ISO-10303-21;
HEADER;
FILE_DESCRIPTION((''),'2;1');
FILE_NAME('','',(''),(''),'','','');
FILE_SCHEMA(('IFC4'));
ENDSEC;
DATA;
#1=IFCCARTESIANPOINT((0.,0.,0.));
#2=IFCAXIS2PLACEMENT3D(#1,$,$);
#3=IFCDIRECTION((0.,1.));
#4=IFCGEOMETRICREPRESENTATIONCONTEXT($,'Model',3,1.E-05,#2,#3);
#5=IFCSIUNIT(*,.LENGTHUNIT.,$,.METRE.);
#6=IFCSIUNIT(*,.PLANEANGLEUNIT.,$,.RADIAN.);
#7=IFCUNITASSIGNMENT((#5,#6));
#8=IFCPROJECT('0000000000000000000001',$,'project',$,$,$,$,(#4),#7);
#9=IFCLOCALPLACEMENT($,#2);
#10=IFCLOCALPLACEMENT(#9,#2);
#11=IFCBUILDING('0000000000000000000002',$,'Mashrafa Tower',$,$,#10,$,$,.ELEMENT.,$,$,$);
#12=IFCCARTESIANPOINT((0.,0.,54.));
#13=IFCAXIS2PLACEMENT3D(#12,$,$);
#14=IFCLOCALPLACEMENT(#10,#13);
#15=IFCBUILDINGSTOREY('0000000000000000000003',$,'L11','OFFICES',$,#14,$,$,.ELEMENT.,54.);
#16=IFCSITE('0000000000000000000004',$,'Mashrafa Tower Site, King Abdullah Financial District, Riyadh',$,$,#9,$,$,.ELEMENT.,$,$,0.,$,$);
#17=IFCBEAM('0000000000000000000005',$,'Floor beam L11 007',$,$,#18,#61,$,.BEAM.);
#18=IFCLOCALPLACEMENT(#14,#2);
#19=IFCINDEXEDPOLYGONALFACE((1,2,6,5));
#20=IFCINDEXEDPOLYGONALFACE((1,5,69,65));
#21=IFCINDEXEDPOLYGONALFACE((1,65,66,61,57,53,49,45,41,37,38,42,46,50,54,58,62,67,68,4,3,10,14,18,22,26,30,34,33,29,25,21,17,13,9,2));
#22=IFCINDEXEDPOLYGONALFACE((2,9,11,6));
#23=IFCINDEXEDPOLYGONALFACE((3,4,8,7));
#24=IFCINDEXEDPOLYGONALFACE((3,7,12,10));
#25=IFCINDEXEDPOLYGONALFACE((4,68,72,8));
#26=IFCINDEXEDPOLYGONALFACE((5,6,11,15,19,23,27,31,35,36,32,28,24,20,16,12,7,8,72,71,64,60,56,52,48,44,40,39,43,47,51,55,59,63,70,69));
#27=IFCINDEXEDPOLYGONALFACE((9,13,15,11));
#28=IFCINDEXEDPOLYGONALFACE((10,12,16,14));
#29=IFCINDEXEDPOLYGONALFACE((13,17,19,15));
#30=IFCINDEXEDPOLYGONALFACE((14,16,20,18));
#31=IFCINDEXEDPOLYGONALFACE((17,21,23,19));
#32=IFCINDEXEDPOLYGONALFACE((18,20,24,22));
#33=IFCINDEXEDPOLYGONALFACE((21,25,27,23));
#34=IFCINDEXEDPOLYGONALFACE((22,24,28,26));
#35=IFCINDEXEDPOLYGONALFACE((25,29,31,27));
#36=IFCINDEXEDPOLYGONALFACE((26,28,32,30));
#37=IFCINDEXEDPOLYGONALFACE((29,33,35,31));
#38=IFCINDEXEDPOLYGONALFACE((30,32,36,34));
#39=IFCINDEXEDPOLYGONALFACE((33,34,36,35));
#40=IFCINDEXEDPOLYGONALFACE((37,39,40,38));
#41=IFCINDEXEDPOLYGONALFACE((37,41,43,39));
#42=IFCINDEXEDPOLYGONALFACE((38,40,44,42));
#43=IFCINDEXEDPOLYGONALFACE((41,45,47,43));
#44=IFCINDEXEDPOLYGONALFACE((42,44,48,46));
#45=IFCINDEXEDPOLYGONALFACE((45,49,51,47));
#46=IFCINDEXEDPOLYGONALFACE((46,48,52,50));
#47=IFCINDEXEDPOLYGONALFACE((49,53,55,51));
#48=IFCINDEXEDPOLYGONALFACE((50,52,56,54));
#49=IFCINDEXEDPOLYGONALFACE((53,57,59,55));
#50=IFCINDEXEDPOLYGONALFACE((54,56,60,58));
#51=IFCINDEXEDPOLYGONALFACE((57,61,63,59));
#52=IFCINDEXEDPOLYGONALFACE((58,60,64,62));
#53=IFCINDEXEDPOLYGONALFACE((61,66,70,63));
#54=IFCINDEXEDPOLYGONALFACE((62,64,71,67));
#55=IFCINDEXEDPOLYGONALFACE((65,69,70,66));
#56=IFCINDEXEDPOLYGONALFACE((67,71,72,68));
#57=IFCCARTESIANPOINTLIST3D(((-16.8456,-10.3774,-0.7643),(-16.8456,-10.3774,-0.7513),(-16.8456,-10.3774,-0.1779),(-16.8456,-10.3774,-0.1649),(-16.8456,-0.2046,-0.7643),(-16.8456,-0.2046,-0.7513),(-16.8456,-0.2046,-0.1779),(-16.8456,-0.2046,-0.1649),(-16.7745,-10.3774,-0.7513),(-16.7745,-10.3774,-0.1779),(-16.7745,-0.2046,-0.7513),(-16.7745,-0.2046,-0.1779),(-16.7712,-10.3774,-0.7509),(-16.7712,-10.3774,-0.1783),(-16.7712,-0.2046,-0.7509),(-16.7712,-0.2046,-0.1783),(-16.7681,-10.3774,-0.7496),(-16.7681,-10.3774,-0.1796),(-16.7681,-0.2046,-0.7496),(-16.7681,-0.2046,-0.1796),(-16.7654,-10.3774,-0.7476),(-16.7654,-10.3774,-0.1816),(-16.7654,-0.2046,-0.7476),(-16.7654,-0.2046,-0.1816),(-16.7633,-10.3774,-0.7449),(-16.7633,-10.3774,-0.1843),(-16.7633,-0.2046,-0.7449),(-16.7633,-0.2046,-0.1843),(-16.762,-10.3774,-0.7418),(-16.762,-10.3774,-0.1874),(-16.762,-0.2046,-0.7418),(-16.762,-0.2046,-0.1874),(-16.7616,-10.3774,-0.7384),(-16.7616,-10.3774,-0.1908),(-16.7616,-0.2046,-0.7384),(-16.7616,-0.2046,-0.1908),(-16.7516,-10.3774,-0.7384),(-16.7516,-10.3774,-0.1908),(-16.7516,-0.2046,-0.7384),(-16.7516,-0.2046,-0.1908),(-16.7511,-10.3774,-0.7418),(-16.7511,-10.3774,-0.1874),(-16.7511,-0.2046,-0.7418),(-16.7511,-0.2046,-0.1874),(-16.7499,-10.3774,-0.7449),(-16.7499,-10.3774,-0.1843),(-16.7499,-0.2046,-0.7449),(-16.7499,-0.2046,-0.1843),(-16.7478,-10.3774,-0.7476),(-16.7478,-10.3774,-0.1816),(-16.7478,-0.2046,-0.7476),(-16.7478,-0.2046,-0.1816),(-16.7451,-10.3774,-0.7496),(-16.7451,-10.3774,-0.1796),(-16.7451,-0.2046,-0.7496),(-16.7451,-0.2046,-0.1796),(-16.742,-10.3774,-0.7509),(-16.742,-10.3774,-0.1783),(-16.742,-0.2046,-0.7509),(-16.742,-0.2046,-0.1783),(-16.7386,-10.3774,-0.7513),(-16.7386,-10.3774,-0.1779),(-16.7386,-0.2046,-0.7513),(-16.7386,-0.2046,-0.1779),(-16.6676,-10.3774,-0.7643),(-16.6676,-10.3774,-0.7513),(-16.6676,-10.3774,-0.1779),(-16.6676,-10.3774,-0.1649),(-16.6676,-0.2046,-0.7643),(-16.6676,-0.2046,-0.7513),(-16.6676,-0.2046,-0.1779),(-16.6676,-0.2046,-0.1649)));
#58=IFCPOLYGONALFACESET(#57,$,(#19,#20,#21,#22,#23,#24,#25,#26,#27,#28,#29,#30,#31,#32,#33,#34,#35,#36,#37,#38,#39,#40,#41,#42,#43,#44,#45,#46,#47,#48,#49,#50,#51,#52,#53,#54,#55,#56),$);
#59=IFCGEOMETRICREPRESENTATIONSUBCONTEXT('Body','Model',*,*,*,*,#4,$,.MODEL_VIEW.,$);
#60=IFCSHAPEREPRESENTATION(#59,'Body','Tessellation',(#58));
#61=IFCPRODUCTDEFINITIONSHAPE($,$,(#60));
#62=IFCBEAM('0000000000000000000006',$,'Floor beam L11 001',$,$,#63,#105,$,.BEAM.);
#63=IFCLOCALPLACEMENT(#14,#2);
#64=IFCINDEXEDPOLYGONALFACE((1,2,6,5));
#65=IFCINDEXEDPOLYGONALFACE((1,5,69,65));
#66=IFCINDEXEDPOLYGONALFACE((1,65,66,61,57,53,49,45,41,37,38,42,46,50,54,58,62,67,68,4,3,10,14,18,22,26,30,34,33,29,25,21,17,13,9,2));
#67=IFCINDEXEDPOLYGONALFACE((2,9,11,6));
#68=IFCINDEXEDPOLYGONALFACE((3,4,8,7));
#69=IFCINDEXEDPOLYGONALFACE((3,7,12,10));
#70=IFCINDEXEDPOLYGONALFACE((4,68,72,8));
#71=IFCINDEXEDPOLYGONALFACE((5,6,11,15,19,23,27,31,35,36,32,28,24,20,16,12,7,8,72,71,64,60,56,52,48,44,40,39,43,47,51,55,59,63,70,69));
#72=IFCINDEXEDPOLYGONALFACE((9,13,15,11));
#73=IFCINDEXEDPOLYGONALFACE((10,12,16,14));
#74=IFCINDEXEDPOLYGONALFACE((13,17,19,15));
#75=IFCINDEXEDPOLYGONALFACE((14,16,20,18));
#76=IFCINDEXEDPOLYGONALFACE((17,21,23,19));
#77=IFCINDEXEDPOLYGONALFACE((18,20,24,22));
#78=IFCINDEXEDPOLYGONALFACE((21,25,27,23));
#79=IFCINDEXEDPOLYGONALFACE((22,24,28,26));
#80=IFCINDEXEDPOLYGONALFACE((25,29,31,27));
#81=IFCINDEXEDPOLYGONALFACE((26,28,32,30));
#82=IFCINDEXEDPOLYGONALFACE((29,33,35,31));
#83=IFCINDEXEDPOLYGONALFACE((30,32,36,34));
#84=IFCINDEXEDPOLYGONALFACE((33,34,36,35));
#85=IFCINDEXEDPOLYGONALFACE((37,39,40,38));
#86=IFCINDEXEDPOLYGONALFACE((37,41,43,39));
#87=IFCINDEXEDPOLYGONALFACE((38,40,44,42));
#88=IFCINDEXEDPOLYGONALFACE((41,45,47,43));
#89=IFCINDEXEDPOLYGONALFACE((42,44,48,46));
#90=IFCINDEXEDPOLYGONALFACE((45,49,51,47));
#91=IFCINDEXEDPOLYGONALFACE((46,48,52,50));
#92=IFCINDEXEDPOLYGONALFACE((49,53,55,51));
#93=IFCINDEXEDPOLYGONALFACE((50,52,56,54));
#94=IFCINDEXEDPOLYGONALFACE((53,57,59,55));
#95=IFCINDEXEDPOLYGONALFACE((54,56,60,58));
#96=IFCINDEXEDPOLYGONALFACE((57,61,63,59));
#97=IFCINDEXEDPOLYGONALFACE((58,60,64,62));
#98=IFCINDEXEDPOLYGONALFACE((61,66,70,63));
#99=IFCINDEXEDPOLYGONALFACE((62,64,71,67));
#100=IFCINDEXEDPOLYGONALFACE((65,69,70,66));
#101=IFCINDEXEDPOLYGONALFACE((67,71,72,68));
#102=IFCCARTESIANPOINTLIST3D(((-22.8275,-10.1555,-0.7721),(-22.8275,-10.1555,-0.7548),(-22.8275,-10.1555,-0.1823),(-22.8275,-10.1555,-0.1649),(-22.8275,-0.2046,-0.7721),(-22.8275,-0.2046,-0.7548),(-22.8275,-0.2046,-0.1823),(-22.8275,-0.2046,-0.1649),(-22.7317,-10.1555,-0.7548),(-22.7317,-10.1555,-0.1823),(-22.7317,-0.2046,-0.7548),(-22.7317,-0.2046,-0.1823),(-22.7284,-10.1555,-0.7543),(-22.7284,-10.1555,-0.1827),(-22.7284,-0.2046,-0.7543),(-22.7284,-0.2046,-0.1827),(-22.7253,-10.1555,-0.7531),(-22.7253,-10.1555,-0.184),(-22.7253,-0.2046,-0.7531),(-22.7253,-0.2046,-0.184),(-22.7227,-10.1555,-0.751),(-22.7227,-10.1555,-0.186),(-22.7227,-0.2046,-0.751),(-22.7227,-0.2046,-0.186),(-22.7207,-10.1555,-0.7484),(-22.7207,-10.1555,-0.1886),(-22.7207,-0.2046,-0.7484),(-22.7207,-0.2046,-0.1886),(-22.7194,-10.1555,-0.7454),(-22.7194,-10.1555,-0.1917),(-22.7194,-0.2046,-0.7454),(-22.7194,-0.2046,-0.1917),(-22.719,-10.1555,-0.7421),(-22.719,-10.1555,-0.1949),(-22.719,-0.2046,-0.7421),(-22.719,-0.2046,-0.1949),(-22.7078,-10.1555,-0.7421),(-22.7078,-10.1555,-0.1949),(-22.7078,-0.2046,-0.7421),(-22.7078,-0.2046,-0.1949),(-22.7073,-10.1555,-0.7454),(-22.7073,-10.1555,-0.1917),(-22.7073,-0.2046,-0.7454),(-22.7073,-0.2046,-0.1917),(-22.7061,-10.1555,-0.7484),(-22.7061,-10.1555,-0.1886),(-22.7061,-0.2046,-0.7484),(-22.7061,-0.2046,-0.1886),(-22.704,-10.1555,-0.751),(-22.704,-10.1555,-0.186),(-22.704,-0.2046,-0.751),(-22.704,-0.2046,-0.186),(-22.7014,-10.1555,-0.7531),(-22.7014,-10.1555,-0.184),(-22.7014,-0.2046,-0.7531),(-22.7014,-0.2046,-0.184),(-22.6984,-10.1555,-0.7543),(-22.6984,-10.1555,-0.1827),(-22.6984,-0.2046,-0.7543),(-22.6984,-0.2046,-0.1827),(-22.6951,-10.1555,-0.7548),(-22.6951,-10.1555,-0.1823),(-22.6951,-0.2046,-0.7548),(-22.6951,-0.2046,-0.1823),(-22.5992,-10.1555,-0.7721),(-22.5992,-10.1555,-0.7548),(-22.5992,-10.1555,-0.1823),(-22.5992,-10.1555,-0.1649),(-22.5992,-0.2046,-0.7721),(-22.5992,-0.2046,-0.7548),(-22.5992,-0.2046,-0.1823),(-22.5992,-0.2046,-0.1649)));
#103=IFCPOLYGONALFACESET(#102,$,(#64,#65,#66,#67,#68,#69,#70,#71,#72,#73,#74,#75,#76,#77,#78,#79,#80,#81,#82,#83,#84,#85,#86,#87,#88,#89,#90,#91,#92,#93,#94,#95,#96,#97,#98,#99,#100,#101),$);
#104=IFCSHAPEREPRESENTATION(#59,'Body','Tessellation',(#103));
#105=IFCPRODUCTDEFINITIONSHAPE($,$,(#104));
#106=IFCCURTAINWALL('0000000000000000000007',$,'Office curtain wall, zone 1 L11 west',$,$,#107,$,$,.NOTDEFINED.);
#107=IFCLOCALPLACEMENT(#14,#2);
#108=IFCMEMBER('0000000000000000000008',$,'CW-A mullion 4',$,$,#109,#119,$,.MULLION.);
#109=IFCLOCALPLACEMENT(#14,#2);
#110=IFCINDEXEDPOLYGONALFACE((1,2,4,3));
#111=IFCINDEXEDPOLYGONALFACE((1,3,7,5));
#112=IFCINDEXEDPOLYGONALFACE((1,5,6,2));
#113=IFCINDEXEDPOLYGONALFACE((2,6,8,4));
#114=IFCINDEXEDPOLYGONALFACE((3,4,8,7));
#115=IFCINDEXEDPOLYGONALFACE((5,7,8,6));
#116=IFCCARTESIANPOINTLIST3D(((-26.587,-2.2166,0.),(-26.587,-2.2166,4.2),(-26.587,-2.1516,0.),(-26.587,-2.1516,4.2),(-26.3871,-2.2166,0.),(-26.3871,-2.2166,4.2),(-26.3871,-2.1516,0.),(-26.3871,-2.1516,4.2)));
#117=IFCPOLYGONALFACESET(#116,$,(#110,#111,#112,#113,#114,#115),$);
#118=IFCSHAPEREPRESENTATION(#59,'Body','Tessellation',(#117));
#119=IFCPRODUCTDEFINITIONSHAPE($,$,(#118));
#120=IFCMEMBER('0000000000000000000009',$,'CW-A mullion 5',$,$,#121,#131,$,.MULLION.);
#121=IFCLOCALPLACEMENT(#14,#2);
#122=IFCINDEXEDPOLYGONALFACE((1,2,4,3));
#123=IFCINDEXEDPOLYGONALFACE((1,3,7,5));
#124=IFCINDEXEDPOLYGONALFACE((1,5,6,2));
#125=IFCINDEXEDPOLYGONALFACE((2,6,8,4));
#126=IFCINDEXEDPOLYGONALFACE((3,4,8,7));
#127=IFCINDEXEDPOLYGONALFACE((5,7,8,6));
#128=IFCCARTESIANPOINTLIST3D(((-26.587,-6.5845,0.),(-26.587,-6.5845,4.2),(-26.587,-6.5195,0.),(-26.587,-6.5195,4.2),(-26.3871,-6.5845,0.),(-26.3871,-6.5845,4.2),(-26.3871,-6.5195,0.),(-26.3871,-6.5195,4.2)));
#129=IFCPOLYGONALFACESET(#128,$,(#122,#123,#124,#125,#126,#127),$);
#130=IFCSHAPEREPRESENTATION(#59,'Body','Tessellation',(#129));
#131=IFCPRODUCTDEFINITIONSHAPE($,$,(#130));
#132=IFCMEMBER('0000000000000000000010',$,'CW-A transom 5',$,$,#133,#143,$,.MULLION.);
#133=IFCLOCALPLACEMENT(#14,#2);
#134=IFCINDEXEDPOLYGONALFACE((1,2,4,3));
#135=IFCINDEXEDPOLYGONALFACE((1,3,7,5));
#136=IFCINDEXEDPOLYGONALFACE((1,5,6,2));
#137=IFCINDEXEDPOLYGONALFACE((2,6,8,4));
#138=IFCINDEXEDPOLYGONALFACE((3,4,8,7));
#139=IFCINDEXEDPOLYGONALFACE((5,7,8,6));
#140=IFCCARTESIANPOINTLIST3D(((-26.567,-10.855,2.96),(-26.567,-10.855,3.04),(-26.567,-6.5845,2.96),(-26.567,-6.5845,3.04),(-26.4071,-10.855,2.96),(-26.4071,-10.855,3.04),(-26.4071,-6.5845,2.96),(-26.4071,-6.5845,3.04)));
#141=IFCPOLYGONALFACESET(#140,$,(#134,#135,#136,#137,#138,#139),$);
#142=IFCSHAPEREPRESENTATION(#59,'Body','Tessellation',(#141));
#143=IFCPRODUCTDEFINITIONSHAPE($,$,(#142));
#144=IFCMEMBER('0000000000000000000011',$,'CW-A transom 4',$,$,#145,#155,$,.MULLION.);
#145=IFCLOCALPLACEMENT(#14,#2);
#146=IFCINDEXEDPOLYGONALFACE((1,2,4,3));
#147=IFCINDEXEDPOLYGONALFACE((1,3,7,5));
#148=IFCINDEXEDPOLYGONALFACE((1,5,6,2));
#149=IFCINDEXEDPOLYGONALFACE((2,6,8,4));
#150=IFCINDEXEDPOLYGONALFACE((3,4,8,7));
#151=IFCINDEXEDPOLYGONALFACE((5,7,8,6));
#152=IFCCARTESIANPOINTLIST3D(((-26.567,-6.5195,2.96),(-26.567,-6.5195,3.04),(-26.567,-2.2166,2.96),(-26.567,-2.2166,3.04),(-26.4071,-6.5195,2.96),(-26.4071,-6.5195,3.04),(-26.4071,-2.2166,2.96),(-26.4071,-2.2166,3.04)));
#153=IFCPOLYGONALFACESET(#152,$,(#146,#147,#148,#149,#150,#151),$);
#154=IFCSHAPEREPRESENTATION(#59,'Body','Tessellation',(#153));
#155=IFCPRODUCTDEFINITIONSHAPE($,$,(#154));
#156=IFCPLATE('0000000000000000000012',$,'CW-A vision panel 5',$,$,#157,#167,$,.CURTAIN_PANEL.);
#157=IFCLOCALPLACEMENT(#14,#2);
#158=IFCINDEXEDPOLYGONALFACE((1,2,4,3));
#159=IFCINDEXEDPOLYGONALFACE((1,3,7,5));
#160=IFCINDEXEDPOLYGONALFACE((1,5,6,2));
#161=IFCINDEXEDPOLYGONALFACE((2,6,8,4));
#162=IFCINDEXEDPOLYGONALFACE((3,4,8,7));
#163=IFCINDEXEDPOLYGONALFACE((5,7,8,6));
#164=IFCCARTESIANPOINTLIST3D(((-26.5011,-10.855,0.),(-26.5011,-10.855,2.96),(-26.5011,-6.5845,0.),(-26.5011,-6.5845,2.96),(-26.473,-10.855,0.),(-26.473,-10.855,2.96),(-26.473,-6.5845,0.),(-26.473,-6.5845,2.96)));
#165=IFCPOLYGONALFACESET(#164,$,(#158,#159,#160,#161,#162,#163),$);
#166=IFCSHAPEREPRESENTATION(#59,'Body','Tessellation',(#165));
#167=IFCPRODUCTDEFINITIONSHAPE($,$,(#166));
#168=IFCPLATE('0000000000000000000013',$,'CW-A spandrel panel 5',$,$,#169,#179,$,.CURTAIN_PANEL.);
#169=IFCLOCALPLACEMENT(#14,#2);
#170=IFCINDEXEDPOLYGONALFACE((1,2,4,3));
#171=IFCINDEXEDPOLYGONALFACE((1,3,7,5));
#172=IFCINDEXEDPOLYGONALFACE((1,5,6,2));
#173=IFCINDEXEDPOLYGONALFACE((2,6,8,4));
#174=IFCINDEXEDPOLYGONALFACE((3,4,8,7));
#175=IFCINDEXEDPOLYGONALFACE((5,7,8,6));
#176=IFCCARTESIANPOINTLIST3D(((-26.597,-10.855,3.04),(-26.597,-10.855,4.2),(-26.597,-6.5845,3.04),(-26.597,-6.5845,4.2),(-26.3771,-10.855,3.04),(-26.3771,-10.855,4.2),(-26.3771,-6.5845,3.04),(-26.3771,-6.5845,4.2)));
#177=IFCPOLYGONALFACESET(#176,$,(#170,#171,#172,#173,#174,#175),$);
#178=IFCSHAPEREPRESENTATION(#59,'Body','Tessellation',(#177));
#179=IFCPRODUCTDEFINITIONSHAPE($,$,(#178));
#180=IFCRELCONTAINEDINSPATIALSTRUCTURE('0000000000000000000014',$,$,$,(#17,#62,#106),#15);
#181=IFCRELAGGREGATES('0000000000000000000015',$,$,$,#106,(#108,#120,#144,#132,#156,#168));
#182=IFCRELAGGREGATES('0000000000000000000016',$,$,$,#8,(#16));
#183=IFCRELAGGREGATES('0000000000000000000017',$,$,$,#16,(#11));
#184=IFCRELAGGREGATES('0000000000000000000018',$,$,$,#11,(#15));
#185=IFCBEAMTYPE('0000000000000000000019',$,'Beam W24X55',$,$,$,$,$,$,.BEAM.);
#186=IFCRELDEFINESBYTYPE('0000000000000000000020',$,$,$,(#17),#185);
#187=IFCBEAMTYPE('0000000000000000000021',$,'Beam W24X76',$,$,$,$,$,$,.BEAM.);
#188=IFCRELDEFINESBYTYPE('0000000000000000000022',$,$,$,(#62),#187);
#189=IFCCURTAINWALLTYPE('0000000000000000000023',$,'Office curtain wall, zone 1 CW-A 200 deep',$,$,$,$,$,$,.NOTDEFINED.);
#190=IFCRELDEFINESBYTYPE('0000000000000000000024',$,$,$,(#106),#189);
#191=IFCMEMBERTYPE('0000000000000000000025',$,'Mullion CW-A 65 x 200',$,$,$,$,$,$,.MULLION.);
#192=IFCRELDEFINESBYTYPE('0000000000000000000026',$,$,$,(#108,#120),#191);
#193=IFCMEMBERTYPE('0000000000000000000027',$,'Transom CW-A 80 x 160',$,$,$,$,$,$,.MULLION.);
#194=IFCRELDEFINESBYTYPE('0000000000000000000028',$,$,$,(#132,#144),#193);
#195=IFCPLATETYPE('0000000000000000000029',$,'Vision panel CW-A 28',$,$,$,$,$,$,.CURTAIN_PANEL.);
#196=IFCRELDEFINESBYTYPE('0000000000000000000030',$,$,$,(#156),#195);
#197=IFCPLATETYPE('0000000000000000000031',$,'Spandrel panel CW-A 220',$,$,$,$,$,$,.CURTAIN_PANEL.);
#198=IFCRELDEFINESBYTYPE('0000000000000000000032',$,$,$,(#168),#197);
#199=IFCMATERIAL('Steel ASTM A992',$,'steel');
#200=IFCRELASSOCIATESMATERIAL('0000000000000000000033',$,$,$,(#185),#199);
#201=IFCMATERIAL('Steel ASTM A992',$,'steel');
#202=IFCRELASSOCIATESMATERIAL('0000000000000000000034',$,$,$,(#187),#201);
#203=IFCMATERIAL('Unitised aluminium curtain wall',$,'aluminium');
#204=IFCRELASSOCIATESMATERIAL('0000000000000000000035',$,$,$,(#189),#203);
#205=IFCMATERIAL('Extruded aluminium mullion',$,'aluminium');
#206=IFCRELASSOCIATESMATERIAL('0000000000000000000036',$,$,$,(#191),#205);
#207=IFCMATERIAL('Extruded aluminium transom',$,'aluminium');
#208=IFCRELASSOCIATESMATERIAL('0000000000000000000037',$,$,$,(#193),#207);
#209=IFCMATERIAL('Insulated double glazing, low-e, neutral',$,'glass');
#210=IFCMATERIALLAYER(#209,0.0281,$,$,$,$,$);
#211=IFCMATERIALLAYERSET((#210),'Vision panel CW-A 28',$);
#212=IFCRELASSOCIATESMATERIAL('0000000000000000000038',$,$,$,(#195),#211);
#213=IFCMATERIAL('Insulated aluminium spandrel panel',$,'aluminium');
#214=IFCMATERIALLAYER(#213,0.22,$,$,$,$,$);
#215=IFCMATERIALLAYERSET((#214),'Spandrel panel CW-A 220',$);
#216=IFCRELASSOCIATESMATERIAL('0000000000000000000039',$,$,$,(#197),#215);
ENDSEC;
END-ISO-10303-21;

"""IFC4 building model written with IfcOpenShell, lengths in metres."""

from ifc_helpers import new_model, si_unit, direction, frame, origin, origin_2d, place, context, subcontext, project, spatial, rectangle, i_section, extrude, source, transform, mapped, material, layer, layer_set, material_profile, profile_set, type_object, type_shapes, element, aggregate, save


model = new_model("IFC4")

# Units and contexts
model_context = context("Model", 3, precision=1e-05, world=origin(), true_north=direction((0.0, 1.0)))
body_context = subcontext(model_context, "Body", "Model", "MODEL_VIEW")
ifc_project = project(units=[si_unit("LENGTHUNIT", "METRE"), si_unit("PLANEANGLEUNIT", "RADIAN")], contexts=[model_context])

# Site, building, storey
site_placement = place(None, origin())
site = spatial("IfcSite", under=ifc_project, at=site_placement, Name="Mashrafa Tower Site, King Abdullah Financial District, Riyadh", CompositionType="ELEMENT", RefElevation=0.0)
building_placement = place(site_placement, origin())
building = spatial("IfcBuilding", under=site, at=building_placement, Name="Mashrafa Tower", CompositionType="ELEMENT")
storey_placement = place(building_placement, frame((0.0, 0.0, 54.0)))
storey = spatial("IfcBuildingStorey", under=building, at=storey_placement, Name="L11", Description="OFFICES", CompositionType="ELEMENT", Elevation=54.0)

# Beams
ifc_material_1 = material(Name="Steel ASTM A992", Category="steel")
ifc_material_profile_1 = material_profile(ifc_material_1, i_section(OverallWidth=0.178, OverallDepth=0.5994, WebThickness=0.01, FlangeThickness=0.0129, FilletRadius=0.0129, at=origin_2d()), Name="W24X55")
ifc_profile_set_1 = profile_set([ifc_material_profile_1], Name="Steel ASTM A992")
beam_type_1 = type_object("IfcBeamType", Name="Beam W24X55", PredefinedType="BEAM", material=ifc_profile_set_1)
beam_1_placement = place(storey_placement, frame((-16.7566, -10.3774, -0.4646), z_axis=(0.0, 1.0, 0.0), x_axis=(-1.0, 0.0, 0.0)))
element("IfcBeam", 1, at=beam_1_placement, inside=storey, type_object=beam_type_1, Name="Floor beam L11 007", PredefinedType="BEAM", context=body_context, shape_type="SweptSolid", body=[
    extrude(i_section(OverallWidth=0.178, OverallDepth=0.5994, WebThickness=0.01, FlangeThickness=0.0129, FilletRadius=0.0129, at=origin_2d()), origin(), (0.0, 0.0, 1.0), 10.1729),
])
ifc_material_2 = material(Name="Steel ASTM A992", Category="steel")
ifc_material_profile_2 = material_profile(ifc_material_2, i_section(OverallWidth=0.2283, OverallDepth=0.6072, WebThickness=0.0112, FlangeThickness=0.0173, FilletRadius=0.0127, at=origin_2d()), Name="W24X76")
ifc_profile_set_2 = profile_set([ifc_material_profile_2], Name="Steel ASTM A992")
beam_type_2 = type_object("IfcBeamType", Name="Beam W24X76", PredefinedType="BEAM", material=ifc_profile_set_2)
beam_2_placement = place(storey_placement, frame((-22.7134, -10.1555, -0.4685), z_axis=(0.0, 1.0, 0.0), x_axis=(-1.0, 0.0, 0.0)))
element("IfcBeam", 2, at=beam_2_placement, inside=storey, type_object=beam_type_2, Name="Floor beam L11 001", PredefinedType="BEAM", context=body_context, shape_type="SweptSolid", body=[
    extrude(i_section(OverallWidth=0.2283, OverallDepth=0.6072, WebThickness=0.0112, FlangeThickness=0.0173, FilletRadius=0.0127, at=origin_2d()), origin(), (0.0, 0.0, 1.0), 9.9509),
])

# Curtain wall, members, plates
ifc_material_3 = material(Name="Unitised aluminium curtain wall", Category="aluminium")
curtain_wall_type = type_object("IfcCurtainWallType", Name="Office curtain wall, zone 1 CW-A 200 deep", PredefinedType="NOTDEFINED", material=ifc_material_3)
curtain_wall_placement = place(storey_placement, origin())
curtain_wall = element("IfcCurtainWall", 3, at=curtain_wall_placement, inside=storey, type_object=curtain_wall_type, Name="Office curtain wall, zone 1 L11 west", PredefinedType="NOTDEFINED")
ifc_material_4 = material(Name="Extruded aluminium mullion", Category="aluminium")
ifc_material_profile_3 = material_profile(ifc_material_4, rectangle(XDim=0.2, YDim=0.0649, at=origin_2d()), Name="Mullion 65x200")
ifc_profile_set_3 = profile_set([ifc_material_profile_3], Name="Extruded aluminium mullion")
member_type_1 = type_object("IfcMemberType", Name="Mullion CW-A 65 x 200", PredefinedType="MULLION", material=ifc_profile_set_3)
shared_shape_1 = source(origin(), body_context, "Body", "SweptSolid", [
    extrude(rectangle(XDim=0.2, YDim=0.0649, at=origin_2d()), origin(), (0.0, 0.0, 1.0), 4.2),
])
type_shapes(member_type_1, [shared_shape_1])
member_1_placement = place(storey_placement, frame((-26.4871, -2.1841, 0.0), z_axis=(0.0, 0.0, 1.0), x_axis=(1.0, 0.0, 0.0)))
member_1 = element("IfcMember", 4, at=member_1_placement, type_object=member_type_1, Name="CW-A mullion 4", PredefinedType="MULLION", context=body_context, shape_type="MappedRepresentation", body=[
    mapped(shared_shape_1, transform((0.0, 0.0, 0.0))),
])
member_2_placement = place(storey_placement, frame((-26.4871, -6.552, 0.0), z_axis=(0.0, 0.0, 1.0), x_axis=(1.0, 0.0, 0.0)))
member_2 = element("IfcMember", 5, at=member_2_placement, type_object=member_type_1, Name="CW-A mullion 5", PredefinedType="MULLION", context=body_context, shape_type="MappedRepresentation", body=[
    mapped(shared_shape_1, transform((0.0, 0.0, 0.0))),
])
ifc_material_5 = material(Name="Extruded aluminium transom", Category="aluminium")
ifc_material_profile_4 = material_profile(ifc_material_5, rectangle(XDim=0.1599, YDim=0.0801, at=origin_2d()), Name="Transom 80x160")
ifc_profile_set_4 = profile_set([ifc_material_profile_4], Name="Extruded aluminium transom")
member_type_2 = type_object("IfcMemberType", Name="Transom CW-A 80 x 160", PredefinedType="MULLION", material=ifc_profile_set_4)
shared_shape_2 = source(origin(), body_context, "Body", "SweptSolid", [
    extrude(rectangle(XDim=0.1599, YDim=0.0801, at=origin_2d()), origin(), (0.0, 0.0, 1.0), 4.2705),
])
member_3_placement = place(storey_placement, frame((-26.4871, -6.5845, 3.0), z_axis=(0.0, -1.0, 0.0), x_axis=(1.0, 0.0, 0.0)))
member_3 = element("IfcMember", 6, at=member_3_placement, type_object=member_type_2, Name="CW-A transom 5", PredefinedType="MULLION", context=body_context, shape_type="MappedRepresentation", body=[
    mapped(shared_shape_2, transform((0.0, 0.0, 0.0))),
])
shared_shape_3 = source(origin(), body_context, "Body", "SweptSolid", [
    extrude(rectangle(XDim=0.1599, YDim=0.0801, at=origin_2d()), origin(), (0.0, 0.0, 1.0), 4.303),
])
type_shapes(member_type_2, [shared_shape_2, shared_shape_3])
member_4_placement = place(storey_placement, frame((-26.4871, -2.2166, 3.0), z_axis=(0.0, -1.0, 0.0), x_axis=(1.0, 0.0, 0.0)))
member_4 = element("IfcMember", 7, at=member_4_placement, type_object=member_type_2, Name="CW-A transom 4", PredefinedType="MULLION", context=body_context, shape_type="MappedRepresentation", body=[
    mapped(shared_shape_3, transform((0.0, 0.0, 0.0))),
])
ifc_material_6 = material(Name="Insulated double glazing, low-e, neutral", Category="glass")
ifc_layer_1 = layer(ifc_material_6, 0.0281)
ifc_layer_set_1 = layer_set([ifc_layer_1], Name="Vision panel CW-A 28")
plate_type_1 = type_object("IfcPlateType", Name="Vision panel CW-A 28", PredefinedType="CURTAIN_PANEL", material=ifc_layer_set_1)
shared_shape_4 = source(origin(), body_context, "Body", "SweptSolid", [
    extrude(rectangle(XDim=4.2705, YDim=0.0281, at=origin_2d()), origin(), (0.0, 0.0, 1.0), 2.96),
])
plate_1_placement = place(storey_placement, frame((-26.4871, -8.7197, 0.0), z_axis=(0.0, 0.0, 1.0), x_axis=(0.0, -1.0, 0.0)))
plate_1 = element("IfcPlate", 8, at=plate_1_placement, type_object=plate_type_1, Name="CW-A vision panel 5", PredefinedType="CURTAIN_PANEL", context=body_context, shape_type="MappedRepresentation", body=[
    mapped(shared_shape_4, transform((0.0, 0.0, 0.0))),
])
ifc_material_7 = material(Name="Insulated aluminium spandrel panel", Category="aluminium")
ifc_layer_2 = layer(ifc_material_7, 0.22)
ifc_layer_set_2 = layer_set([ifc_layer_2], Name="Spandrel panel CW-A 220")
plate_type_2 = type_object("IfcPlateType", Name="Spandrel panel CW-A 220", PredefinedType="CURTAIN_PANEL", material=ifc_layer_set_2)
shared_shape_5 = source(origin(), body_context, "Body", "SweptSolid", [
    extrude(rectangle(XDim=4.2705, YDim=0.22, at=origin_2d()), origin(), (0.0, 0.0, 1.0), 1.1599),
])
plate_2_placement = place(storey_placement, frame((-26.4871, -8.7197, 3.04), z_axis=(0.0, 0.0, 1.0), x_axis=(0.0, -1.0, 0.0)))
plate_2 = element("IfcPlate", 9, at=plate_2_placement, type_object=plate_type_2, Name="CW-A spandrel panel 5", PredefinedType="CURTAIN_PANEL", context=body_context, shape_type="MappedRepresentation", body=[
    mapped(shared_shape_5, transform((0.0, 0.0, 0.0))),
])
aggregate(curtain_wall, [member_1, member_2, member_4, member_3, plate_1, plate_2])

save(model, "model.ifc")
